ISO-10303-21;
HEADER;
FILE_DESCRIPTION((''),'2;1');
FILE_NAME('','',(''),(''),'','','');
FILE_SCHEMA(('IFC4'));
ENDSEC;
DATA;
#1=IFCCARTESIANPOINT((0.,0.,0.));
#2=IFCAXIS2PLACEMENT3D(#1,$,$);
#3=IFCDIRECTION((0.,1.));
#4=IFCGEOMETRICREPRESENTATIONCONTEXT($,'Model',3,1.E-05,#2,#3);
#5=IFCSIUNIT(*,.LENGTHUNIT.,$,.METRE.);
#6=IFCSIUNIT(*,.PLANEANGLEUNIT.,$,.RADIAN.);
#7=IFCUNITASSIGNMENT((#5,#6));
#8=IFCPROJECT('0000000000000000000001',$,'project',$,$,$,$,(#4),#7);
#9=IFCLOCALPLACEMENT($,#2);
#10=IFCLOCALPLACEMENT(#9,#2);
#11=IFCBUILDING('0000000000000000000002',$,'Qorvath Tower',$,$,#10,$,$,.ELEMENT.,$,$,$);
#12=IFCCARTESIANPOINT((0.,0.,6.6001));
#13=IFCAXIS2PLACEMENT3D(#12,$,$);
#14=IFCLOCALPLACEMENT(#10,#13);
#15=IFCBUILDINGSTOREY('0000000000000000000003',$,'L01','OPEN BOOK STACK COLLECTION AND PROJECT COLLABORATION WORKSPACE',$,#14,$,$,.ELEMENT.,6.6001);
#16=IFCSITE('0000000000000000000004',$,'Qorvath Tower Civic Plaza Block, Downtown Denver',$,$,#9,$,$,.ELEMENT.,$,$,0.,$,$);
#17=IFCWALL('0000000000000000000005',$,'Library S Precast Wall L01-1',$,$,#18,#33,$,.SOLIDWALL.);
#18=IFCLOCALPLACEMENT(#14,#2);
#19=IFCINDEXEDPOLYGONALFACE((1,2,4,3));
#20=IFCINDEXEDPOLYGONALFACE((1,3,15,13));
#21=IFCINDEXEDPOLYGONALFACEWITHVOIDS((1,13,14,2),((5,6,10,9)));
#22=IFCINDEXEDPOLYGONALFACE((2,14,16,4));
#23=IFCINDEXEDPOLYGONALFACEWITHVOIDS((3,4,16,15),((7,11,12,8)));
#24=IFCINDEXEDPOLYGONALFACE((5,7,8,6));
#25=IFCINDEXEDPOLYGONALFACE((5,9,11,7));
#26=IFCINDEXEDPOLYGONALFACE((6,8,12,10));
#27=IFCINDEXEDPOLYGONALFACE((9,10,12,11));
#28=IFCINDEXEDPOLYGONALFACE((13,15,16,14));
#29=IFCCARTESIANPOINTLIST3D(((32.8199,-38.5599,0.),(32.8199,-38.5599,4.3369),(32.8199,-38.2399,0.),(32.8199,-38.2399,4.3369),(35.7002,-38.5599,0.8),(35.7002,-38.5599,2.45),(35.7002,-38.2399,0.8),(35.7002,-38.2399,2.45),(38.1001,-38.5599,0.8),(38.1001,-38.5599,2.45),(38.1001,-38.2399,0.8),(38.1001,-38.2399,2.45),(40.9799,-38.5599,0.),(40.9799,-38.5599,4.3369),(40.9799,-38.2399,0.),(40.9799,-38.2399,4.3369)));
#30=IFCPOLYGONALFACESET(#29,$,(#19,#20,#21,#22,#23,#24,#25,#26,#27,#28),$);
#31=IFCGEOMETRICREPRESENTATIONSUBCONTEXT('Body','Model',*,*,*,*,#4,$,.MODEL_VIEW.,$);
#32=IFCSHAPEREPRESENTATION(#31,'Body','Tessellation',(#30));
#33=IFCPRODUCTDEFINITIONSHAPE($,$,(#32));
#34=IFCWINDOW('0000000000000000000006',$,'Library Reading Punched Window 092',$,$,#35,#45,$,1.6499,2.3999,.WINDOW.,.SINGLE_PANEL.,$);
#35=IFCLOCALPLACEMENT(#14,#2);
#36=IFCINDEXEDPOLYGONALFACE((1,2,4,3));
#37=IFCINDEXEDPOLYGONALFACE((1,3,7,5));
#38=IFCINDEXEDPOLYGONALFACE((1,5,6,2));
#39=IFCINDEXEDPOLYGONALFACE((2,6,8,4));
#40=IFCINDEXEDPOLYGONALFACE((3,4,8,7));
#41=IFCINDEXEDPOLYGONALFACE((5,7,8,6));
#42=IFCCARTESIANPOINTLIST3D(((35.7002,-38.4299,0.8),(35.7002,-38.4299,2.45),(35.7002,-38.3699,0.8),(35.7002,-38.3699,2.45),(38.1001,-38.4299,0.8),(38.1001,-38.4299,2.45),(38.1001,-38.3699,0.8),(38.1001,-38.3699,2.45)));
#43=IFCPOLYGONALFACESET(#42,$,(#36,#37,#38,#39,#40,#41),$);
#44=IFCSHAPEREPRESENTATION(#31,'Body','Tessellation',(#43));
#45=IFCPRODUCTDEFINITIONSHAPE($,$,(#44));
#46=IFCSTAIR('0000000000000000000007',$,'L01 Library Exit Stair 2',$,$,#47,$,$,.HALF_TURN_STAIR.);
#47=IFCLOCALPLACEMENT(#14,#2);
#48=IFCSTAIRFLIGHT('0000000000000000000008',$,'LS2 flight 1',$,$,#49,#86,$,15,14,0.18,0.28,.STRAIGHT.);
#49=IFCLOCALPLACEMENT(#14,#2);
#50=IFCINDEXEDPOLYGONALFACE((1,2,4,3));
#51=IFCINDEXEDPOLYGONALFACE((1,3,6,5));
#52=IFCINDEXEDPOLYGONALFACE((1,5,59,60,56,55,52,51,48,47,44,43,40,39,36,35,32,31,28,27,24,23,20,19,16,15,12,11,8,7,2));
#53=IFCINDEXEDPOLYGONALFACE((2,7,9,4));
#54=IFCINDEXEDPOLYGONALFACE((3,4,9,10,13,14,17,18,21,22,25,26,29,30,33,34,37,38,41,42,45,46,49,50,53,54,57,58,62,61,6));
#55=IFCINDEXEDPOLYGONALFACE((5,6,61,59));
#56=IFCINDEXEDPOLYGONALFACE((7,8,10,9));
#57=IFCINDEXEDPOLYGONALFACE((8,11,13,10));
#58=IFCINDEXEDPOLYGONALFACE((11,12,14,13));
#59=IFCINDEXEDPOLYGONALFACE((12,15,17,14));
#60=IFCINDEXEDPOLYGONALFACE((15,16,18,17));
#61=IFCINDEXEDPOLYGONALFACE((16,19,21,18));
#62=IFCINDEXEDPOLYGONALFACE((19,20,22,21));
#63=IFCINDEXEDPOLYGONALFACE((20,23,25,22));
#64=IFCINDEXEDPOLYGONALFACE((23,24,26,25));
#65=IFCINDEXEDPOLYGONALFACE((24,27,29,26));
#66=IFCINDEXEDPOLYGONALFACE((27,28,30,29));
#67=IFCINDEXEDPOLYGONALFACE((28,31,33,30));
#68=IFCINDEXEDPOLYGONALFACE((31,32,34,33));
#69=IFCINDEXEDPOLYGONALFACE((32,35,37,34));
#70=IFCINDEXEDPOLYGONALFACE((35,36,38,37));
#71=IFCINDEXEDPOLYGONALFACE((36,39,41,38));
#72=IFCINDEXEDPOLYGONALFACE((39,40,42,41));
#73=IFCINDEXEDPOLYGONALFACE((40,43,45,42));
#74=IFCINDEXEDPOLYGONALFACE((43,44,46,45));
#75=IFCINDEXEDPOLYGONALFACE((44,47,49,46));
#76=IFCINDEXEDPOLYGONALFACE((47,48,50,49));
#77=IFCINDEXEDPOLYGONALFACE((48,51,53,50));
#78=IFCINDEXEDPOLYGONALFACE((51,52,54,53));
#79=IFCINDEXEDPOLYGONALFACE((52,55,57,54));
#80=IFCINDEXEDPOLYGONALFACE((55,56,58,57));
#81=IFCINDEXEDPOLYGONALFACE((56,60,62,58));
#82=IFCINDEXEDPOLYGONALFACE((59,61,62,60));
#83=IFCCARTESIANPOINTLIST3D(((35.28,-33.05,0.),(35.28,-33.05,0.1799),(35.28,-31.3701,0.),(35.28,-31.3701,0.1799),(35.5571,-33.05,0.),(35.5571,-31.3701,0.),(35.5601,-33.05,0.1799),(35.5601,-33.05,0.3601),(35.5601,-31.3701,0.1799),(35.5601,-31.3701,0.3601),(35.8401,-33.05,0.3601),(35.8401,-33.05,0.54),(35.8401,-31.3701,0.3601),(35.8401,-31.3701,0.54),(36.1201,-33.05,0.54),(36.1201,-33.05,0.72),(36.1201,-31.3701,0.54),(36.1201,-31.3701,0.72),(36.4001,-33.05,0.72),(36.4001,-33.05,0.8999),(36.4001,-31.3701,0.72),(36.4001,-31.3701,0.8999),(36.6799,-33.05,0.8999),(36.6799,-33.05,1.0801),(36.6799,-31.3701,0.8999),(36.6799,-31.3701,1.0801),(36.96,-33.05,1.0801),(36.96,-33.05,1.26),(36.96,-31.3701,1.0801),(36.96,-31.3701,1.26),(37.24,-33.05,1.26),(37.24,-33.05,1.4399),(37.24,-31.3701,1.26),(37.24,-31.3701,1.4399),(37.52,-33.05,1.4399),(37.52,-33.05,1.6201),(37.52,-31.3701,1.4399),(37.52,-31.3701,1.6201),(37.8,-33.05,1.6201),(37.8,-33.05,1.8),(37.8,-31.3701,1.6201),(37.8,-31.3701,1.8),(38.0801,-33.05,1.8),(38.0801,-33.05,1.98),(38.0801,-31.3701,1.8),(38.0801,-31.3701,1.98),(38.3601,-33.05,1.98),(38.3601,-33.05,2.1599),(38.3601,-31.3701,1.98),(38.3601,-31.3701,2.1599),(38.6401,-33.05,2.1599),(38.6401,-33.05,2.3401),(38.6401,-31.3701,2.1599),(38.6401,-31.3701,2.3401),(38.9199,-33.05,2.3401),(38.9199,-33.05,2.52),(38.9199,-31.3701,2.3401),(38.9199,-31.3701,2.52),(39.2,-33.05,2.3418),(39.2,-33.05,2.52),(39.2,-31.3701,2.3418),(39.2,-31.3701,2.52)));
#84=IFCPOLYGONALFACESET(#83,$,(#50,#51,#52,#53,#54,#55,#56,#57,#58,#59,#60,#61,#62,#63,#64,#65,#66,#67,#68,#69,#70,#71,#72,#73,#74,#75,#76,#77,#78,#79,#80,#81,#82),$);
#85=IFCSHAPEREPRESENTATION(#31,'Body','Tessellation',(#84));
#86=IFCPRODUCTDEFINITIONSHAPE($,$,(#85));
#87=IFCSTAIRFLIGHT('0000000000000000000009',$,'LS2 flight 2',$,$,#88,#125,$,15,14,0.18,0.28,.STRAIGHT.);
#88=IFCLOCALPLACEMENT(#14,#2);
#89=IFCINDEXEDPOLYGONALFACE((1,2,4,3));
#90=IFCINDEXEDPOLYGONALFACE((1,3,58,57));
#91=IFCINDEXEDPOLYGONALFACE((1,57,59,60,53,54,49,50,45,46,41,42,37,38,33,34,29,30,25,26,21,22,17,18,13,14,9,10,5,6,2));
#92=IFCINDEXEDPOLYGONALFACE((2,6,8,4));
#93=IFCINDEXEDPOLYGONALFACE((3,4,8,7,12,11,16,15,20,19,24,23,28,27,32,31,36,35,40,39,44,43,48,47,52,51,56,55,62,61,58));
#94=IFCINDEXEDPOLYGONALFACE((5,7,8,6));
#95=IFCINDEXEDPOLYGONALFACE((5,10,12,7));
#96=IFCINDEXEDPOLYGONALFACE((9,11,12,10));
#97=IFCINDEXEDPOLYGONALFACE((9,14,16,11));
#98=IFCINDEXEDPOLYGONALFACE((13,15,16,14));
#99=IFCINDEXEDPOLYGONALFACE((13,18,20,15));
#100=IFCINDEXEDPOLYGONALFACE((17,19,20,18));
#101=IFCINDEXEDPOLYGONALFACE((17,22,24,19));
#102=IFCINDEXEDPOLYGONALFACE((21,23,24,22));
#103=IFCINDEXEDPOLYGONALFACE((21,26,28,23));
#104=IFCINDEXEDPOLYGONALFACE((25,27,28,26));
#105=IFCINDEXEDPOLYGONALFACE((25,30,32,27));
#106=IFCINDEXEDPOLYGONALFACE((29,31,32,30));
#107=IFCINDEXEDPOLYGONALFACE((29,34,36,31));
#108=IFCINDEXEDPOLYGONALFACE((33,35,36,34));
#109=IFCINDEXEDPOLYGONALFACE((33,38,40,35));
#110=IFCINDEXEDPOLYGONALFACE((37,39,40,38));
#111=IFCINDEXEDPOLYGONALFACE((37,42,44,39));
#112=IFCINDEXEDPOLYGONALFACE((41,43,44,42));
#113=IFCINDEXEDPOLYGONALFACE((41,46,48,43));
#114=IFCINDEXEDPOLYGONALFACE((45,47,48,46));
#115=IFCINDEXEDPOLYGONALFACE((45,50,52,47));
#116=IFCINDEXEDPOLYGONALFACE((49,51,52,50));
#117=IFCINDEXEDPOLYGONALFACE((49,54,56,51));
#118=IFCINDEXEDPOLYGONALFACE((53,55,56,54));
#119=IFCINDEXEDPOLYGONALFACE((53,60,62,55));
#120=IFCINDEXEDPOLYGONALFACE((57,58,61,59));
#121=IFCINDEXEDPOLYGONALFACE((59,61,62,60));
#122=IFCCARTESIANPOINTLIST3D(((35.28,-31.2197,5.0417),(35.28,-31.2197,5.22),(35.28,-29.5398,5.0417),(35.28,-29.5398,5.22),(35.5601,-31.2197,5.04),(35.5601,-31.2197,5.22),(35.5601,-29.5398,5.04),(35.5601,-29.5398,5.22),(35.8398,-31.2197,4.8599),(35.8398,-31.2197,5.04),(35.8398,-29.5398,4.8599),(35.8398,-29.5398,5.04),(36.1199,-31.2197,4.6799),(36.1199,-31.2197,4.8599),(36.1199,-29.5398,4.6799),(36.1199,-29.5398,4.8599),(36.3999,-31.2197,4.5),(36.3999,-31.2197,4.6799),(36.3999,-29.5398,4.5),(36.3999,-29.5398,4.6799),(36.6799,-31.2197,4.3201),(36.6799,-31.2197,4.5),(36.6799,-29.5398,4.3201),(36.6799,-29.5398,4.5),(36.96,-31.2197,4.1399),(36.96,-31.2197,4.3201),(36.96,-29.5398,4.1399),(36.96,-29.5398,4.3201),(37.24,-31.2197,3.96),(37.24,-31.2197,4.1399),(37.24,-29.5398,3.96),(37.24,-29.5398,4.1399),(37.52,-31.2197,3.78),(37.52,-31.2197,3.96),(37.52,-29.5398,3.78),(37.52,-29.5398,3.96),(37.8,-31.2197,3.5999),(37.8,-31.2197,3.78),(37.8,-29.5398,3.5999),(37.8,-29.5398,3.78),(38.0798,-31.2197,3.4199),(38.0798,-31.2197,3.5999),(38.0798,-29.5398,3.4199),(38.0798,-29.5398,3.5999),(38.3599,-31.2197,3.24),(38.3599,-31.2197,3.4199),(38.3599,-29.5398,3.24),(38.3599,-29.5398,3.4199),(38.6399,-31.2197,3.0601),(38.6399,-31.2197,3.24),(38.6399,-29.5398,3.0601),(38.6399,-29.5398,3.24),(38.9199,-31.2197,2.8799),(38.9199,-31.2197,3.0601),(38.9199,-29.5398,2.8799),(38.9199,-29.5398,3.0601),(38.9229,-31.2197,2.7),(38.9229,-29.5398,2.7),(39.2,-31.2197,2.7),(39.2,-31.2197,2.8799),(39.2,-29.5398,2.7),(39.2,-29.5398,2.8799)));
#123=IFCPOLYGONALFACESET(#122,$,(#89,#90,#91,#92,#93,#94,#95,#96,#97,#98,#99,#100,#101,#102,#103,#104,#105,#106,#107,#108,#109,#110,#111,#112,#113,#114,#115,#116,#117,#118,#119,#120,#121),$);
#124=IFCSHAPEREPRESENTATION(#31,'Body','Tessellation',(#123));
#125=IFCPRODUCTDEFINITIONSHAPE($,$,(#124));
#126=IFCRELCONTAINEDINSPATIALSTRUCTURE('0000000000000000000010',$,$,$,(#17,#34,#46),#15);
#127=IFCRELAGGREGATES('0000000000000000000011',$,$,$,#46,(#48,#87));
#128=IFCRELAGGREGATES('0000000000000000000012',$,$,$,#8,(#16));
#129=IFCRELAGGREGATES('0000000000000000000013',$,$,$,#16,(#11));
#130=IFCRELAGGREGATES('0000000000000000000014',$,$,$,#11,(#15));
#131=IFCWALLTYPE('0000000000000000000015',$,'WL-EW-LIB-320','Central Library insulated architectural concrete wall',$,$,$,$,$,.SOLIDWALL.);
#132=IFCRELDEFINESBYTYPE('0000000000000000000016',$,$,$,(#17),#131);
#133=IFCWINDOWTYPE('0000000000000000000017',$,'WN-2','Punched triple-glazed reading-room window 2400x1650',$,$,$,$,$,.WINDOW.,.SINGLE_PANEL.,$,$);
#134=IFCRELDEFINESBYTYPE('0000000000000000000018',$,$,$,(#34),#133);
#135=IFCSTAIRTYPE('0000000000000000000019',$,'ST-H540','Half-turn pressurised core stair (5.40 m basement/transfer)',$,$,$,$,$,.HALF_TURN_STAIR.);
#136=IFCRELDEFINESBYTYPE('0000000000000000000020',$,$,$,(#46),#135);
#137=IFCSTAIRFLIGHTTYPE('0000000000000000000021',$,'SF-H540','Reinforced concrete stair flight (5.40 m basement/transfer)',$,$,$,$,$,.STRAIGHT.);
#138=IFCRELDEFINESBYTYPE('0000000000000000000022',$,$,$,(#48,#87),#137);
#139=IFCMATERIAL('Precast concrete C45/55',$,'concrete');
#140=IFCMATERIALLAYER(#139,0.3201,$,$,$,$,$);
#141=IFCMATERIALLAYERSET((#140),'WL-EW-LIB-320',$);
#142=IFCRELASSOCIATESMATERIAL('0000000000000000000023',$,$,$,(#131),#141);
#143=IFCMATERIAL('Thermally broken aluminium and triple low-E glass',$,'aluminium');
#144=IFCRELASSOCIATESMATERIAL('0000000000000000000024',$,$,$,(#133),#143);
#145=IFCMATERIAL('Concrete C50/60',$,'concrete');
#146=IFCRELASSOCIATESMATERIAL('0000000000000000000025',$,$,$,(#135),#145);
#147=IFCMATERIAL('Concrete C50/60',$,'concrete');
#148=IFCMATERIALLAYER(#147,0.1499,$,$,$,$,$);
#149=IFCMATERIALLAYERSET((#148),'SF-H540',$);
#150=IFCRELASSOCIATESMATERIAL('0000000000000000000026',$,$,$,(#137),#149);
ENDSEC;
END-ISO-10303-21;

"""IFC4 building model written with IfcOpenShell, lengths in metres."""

from ifc_helpers import new_model, si_unit, direction, frame, frame_2d, origin, place, context, subcontext, project, spatial, polyline, rectangle, outline, extrude, material, layer, layer_set, type_object, element, fill, aggregate, save


model = new_model("IFC4")

# Units and contexts
model_context = context("Model", 3, precision=1e-05, world=origin(), true_north=direction((0.0, 1.0)))
body_context = subcontext(model_context, "Body", "Model", "MODEL_VIEW")
ifc_project = project(units=[si_unit("LENGTHUNIT", "METRE"), si_unit("PLANEANGLEUNIT", "RADIAN")], contexts=[model_context])

# Site, building, storey
site_placement = place(None, origin())
site = spatial("IfcSite", under=ifc_project, at=site_placement, Name="Qorvath Tower Civic Plaza Block, Downtown Denver", CompositionType="ELEMENT", RefElevation=0.0)
building_placement = place(site_placement, origin())
building = spatial("IfcBuilding", under=site, at=building_placement, Name="Qorvath Tower", CompositionType="ELEMENT")
storey_placement = place(building_placement, frame((0.0, 0.0, 6.6001)))
storey = spatial("IfcBuildingStorey", under=building, at=storey_placement, Name="L01", Description="OPEN BOOK STACK COLLECTION AND PROJECT COLLABORATION WORKSPACE", CompositionType="ELEMENT", Elevation=6.6001)

# Wall, opening, window
ifc_material_1 = material(Name="Precast concrete C45/55", Category="concrete")
ifc_layer_1 = layer(ifc_material_1, 0.3201)
ifc_layer_set_1 = layer_set([ifc_layer_1], Name="WL-EW-LIB-320")
wall_type_1 = type_object("IfcWallType", Name="WL-EW-LIB-320", Description="Central Library insulated architectural concrete wall", PredefinedType="SOLIDWALL", material=ifc_layer_set_1)
wall_1_placement = place(storey_placement, frame((40.98, -38.3999, 0.0), z_axis=(0.0, 0.0, 1.0), x_axis=(-1.0, 0.0, 0.0)))
wall_1 = element("IfcWall", 1, at=wall_1_placement, inside=storey, type_object=wall_type_1, Name="Library S Precast Wall L01-1", PredefinedType="SOLIDWALL", context=body_context, shape_type="SweptSolid", body=[
    extrude(rectangle(XDim=8.1599, YDim=0.3201, at=frame_2d((4.0801, 0.0))), origin(), (0.0, 0.0, 1.0), 4.3369),
])
opening_1_placement = place(wall_1_placement, frame((2.8799, 0.0, 0.8)))
opening_1 = element("IfcOpeningElement", 2, at=opening_1_placement, cuts=wall_1, PredefinedType="OPENING", context=body_context, shape_type="SweptSolid", body=[
    extrude(rectangle(XDim=2.3999, YDim=1.6499, at=frame_2d((1.2, 0.825))), frame((0.0, 0.1699, 0.0), z_axis=(0.0, -1.0, 0.0), x_axis=(1.0, 0.0, 0.0)), (0.0, 0.0, 1.0), 0.3401),
])
ifc_material_2 = material(Name="Thermally broken aluminium and triple low-E glass", Category="aluminium")
window_type = type_object("IfcWindowType", Name="WN-2", Description="Punched triple-glazed reading-room window 2400x1650", PartitioningType="SINGLE_PANEL", PredefinedType="WINDOW", material=ifc_material_2)
window_placement = place(opening_1_placement, origin())
window = element("IfcWindow", 3, at=window_placement, inside=storey, type_object=window_type, Name="Library Reading Punched Window 092", OverallHeight=1.6499, OverallWidth=2.3999, PartitioningType="SINGLE_PANEL", PredefinedType="WINDOW", context=body_context, shape_type="SweptSolid", body=[
    extrude(rectangle(XDim=2.3999, YDim=1.6499, at=frame_2d((1.2, 0.825))), frame((0.0, 0.03, 0.0), z_axis=(0.0, -1.0, 0.0), x_axis=(1.0, 0.0, 0.0)), (0.0, 0.0, 1.0), 0.0601),
])
fill(opening_1, window)

# Stair, stair flights
ifc_material_3 = material(Name="Concrete C50/60", Category="concrete")
stair_type = type_object("IfcStairType", Name="ST-H540", Description="Half-turn pressurised core stair (5.40 m basement/transfer)", PredefinedType="HALF_TURN_STAIR", material=ifc_material_3)
stair_placement = place(storey_placement, origin())
stair = element("IfcStair", 4, at=stair_placement, inside=storey, type_object=stair_type, Name="L01 Library Exit Stair 2", PredefinedType="HALF_TURN_STAIR")
ifc_material_4 = material(Name="Concrete C50/60", Category="concrete")
ifc_layer_2 = layer(ifc_material_4, 0.1499)
ifc_layer_set_2 = layer_set([ifc_layer_2], Name="SF-H540")
stair_flight_type = type_object("IfcStairFlightType", Name="SF-H540", Description="Reinforced concrete stair flight (5.40 m basement/transfer)", PredefinedType="STRAIGHT", material=ifc_layer_set_2)
stair_flight_1_placement = place(storey_placement, frame((35.28, -32.21, 0.0), z_axis=(0.0, 0.0, 1.0), x_axis=(1.0, 0.0, 0.0)))
stair_flight_1 = element("IfcStairFlight", 5, at=stair_flight_1_placement, type_object=stair_flight_type, Name="LS2 flight 1", NumberOfRisers=15, NumberOfTreads=14, PredefinedType="STRAIGHT", RiserHeight=0.18, TreadLength=0.28, context=body_context, shape_type="SweptSolid", body=[
    extrude(outline(polyline([(0.0, 0.0), (0.0, 0.1799), (0.28, 0.1799), (0.28, 0.3601), (0.5601, 0.3601), (0.5601, 0.54), (0.8401, 0.54), (0.8401, 0.72), (1.1201, 0.72), (1.1201, 0.8999), (1.3999, 0.8999), (1.3999, 1.0801), (1.6799, 1.0801), (1.6799, 1.26), (1.96, 1.26), (1.96, 1.4399), (2.24, 1.4399), (2.24, 1.6201), (2.52, 1.6201), (2.52, 1.8), (2.8, 1.8), (2.8, 1.98), (3.0801, 1.98), (3.0801, 2.1599), (3.3601, 2.1599), (3.3601, 2.3401), (3.6399, 2.3401), (3.6399, 2.52), (3.9199, 2.52), (3.9199, 2.7), (3.9199, 2.3418), (0.2771, 0.0), (0.0, 0.0)])), frame((0.0, 0.8398, 0.0), z_axis=(0.0, -1.0, 0.0), x_axis=(1.0, 0.0, 0.0)), (0.0, 0.0, 1.0), 1.6799),
])
stair_flight_2_placement = place(storey_placement, frame((39.2, -30.3799, 2.7), z_axis=(0.0, 0.0, 1.0), x_axis=(-1.0, 0.0, 0.0)))
stair_flight_2 = element("IfcStairFlight", 6, at=stair_flight_2_placement, type_object=stair_flight_type, Name="LS2 flight 2", NumberOfRisers=15, NumberOfTreads=14, PredefinedType="STRAIGHT", RiserHeight=0.18, TreadLength=0.28, context=body_context, shape_type="SweptSolid", body=[
    extrude(outline(polyline([(0.0, 0.0), (0.0, 0.1799), (0.28, 0.1799), (0.28, 0.3601), (0.5601, 0.3601), (0.5601, 0.54), (0.8401, 0.54), (0.8401, 0.72), (1.1201, 0.72), (1.1201, 0.8999), (1.3999, 0.8999), (1.3999, 1.0801), (1.6799, 1.0801), (1.6799, 1.26), (1.96, 1.26), (1.96, 1.4399), (2.24, 1.4399), (2.24, 1.6201), (2.52, 1.6201), (2.52, 1.8), (2.8, 1.8), (2.8, 1.98), (3.0801, 1.98), (3.0801, 2.1599), (3.3601, 2.1599), (3.3601, 2.3401), (3.6399, 2.3401), (3.6399, 2.52), (3.9199, 2.52), (3.9199, 2.7), (3.9199, 2.3418), (0.2771, 0.0), (0.0, 0.0)])), frame((0.0, 0.8398, 0.0), z_axis=(0.0, -1.0, 0.0), x_axis=(1.0, 0.0, 0.0)), (0.0, 0.0, 1.0), 1.6799),
])
aggregate(stair, [stair_flight_1, stair_flight_2])

save(model, "model.ifc")
